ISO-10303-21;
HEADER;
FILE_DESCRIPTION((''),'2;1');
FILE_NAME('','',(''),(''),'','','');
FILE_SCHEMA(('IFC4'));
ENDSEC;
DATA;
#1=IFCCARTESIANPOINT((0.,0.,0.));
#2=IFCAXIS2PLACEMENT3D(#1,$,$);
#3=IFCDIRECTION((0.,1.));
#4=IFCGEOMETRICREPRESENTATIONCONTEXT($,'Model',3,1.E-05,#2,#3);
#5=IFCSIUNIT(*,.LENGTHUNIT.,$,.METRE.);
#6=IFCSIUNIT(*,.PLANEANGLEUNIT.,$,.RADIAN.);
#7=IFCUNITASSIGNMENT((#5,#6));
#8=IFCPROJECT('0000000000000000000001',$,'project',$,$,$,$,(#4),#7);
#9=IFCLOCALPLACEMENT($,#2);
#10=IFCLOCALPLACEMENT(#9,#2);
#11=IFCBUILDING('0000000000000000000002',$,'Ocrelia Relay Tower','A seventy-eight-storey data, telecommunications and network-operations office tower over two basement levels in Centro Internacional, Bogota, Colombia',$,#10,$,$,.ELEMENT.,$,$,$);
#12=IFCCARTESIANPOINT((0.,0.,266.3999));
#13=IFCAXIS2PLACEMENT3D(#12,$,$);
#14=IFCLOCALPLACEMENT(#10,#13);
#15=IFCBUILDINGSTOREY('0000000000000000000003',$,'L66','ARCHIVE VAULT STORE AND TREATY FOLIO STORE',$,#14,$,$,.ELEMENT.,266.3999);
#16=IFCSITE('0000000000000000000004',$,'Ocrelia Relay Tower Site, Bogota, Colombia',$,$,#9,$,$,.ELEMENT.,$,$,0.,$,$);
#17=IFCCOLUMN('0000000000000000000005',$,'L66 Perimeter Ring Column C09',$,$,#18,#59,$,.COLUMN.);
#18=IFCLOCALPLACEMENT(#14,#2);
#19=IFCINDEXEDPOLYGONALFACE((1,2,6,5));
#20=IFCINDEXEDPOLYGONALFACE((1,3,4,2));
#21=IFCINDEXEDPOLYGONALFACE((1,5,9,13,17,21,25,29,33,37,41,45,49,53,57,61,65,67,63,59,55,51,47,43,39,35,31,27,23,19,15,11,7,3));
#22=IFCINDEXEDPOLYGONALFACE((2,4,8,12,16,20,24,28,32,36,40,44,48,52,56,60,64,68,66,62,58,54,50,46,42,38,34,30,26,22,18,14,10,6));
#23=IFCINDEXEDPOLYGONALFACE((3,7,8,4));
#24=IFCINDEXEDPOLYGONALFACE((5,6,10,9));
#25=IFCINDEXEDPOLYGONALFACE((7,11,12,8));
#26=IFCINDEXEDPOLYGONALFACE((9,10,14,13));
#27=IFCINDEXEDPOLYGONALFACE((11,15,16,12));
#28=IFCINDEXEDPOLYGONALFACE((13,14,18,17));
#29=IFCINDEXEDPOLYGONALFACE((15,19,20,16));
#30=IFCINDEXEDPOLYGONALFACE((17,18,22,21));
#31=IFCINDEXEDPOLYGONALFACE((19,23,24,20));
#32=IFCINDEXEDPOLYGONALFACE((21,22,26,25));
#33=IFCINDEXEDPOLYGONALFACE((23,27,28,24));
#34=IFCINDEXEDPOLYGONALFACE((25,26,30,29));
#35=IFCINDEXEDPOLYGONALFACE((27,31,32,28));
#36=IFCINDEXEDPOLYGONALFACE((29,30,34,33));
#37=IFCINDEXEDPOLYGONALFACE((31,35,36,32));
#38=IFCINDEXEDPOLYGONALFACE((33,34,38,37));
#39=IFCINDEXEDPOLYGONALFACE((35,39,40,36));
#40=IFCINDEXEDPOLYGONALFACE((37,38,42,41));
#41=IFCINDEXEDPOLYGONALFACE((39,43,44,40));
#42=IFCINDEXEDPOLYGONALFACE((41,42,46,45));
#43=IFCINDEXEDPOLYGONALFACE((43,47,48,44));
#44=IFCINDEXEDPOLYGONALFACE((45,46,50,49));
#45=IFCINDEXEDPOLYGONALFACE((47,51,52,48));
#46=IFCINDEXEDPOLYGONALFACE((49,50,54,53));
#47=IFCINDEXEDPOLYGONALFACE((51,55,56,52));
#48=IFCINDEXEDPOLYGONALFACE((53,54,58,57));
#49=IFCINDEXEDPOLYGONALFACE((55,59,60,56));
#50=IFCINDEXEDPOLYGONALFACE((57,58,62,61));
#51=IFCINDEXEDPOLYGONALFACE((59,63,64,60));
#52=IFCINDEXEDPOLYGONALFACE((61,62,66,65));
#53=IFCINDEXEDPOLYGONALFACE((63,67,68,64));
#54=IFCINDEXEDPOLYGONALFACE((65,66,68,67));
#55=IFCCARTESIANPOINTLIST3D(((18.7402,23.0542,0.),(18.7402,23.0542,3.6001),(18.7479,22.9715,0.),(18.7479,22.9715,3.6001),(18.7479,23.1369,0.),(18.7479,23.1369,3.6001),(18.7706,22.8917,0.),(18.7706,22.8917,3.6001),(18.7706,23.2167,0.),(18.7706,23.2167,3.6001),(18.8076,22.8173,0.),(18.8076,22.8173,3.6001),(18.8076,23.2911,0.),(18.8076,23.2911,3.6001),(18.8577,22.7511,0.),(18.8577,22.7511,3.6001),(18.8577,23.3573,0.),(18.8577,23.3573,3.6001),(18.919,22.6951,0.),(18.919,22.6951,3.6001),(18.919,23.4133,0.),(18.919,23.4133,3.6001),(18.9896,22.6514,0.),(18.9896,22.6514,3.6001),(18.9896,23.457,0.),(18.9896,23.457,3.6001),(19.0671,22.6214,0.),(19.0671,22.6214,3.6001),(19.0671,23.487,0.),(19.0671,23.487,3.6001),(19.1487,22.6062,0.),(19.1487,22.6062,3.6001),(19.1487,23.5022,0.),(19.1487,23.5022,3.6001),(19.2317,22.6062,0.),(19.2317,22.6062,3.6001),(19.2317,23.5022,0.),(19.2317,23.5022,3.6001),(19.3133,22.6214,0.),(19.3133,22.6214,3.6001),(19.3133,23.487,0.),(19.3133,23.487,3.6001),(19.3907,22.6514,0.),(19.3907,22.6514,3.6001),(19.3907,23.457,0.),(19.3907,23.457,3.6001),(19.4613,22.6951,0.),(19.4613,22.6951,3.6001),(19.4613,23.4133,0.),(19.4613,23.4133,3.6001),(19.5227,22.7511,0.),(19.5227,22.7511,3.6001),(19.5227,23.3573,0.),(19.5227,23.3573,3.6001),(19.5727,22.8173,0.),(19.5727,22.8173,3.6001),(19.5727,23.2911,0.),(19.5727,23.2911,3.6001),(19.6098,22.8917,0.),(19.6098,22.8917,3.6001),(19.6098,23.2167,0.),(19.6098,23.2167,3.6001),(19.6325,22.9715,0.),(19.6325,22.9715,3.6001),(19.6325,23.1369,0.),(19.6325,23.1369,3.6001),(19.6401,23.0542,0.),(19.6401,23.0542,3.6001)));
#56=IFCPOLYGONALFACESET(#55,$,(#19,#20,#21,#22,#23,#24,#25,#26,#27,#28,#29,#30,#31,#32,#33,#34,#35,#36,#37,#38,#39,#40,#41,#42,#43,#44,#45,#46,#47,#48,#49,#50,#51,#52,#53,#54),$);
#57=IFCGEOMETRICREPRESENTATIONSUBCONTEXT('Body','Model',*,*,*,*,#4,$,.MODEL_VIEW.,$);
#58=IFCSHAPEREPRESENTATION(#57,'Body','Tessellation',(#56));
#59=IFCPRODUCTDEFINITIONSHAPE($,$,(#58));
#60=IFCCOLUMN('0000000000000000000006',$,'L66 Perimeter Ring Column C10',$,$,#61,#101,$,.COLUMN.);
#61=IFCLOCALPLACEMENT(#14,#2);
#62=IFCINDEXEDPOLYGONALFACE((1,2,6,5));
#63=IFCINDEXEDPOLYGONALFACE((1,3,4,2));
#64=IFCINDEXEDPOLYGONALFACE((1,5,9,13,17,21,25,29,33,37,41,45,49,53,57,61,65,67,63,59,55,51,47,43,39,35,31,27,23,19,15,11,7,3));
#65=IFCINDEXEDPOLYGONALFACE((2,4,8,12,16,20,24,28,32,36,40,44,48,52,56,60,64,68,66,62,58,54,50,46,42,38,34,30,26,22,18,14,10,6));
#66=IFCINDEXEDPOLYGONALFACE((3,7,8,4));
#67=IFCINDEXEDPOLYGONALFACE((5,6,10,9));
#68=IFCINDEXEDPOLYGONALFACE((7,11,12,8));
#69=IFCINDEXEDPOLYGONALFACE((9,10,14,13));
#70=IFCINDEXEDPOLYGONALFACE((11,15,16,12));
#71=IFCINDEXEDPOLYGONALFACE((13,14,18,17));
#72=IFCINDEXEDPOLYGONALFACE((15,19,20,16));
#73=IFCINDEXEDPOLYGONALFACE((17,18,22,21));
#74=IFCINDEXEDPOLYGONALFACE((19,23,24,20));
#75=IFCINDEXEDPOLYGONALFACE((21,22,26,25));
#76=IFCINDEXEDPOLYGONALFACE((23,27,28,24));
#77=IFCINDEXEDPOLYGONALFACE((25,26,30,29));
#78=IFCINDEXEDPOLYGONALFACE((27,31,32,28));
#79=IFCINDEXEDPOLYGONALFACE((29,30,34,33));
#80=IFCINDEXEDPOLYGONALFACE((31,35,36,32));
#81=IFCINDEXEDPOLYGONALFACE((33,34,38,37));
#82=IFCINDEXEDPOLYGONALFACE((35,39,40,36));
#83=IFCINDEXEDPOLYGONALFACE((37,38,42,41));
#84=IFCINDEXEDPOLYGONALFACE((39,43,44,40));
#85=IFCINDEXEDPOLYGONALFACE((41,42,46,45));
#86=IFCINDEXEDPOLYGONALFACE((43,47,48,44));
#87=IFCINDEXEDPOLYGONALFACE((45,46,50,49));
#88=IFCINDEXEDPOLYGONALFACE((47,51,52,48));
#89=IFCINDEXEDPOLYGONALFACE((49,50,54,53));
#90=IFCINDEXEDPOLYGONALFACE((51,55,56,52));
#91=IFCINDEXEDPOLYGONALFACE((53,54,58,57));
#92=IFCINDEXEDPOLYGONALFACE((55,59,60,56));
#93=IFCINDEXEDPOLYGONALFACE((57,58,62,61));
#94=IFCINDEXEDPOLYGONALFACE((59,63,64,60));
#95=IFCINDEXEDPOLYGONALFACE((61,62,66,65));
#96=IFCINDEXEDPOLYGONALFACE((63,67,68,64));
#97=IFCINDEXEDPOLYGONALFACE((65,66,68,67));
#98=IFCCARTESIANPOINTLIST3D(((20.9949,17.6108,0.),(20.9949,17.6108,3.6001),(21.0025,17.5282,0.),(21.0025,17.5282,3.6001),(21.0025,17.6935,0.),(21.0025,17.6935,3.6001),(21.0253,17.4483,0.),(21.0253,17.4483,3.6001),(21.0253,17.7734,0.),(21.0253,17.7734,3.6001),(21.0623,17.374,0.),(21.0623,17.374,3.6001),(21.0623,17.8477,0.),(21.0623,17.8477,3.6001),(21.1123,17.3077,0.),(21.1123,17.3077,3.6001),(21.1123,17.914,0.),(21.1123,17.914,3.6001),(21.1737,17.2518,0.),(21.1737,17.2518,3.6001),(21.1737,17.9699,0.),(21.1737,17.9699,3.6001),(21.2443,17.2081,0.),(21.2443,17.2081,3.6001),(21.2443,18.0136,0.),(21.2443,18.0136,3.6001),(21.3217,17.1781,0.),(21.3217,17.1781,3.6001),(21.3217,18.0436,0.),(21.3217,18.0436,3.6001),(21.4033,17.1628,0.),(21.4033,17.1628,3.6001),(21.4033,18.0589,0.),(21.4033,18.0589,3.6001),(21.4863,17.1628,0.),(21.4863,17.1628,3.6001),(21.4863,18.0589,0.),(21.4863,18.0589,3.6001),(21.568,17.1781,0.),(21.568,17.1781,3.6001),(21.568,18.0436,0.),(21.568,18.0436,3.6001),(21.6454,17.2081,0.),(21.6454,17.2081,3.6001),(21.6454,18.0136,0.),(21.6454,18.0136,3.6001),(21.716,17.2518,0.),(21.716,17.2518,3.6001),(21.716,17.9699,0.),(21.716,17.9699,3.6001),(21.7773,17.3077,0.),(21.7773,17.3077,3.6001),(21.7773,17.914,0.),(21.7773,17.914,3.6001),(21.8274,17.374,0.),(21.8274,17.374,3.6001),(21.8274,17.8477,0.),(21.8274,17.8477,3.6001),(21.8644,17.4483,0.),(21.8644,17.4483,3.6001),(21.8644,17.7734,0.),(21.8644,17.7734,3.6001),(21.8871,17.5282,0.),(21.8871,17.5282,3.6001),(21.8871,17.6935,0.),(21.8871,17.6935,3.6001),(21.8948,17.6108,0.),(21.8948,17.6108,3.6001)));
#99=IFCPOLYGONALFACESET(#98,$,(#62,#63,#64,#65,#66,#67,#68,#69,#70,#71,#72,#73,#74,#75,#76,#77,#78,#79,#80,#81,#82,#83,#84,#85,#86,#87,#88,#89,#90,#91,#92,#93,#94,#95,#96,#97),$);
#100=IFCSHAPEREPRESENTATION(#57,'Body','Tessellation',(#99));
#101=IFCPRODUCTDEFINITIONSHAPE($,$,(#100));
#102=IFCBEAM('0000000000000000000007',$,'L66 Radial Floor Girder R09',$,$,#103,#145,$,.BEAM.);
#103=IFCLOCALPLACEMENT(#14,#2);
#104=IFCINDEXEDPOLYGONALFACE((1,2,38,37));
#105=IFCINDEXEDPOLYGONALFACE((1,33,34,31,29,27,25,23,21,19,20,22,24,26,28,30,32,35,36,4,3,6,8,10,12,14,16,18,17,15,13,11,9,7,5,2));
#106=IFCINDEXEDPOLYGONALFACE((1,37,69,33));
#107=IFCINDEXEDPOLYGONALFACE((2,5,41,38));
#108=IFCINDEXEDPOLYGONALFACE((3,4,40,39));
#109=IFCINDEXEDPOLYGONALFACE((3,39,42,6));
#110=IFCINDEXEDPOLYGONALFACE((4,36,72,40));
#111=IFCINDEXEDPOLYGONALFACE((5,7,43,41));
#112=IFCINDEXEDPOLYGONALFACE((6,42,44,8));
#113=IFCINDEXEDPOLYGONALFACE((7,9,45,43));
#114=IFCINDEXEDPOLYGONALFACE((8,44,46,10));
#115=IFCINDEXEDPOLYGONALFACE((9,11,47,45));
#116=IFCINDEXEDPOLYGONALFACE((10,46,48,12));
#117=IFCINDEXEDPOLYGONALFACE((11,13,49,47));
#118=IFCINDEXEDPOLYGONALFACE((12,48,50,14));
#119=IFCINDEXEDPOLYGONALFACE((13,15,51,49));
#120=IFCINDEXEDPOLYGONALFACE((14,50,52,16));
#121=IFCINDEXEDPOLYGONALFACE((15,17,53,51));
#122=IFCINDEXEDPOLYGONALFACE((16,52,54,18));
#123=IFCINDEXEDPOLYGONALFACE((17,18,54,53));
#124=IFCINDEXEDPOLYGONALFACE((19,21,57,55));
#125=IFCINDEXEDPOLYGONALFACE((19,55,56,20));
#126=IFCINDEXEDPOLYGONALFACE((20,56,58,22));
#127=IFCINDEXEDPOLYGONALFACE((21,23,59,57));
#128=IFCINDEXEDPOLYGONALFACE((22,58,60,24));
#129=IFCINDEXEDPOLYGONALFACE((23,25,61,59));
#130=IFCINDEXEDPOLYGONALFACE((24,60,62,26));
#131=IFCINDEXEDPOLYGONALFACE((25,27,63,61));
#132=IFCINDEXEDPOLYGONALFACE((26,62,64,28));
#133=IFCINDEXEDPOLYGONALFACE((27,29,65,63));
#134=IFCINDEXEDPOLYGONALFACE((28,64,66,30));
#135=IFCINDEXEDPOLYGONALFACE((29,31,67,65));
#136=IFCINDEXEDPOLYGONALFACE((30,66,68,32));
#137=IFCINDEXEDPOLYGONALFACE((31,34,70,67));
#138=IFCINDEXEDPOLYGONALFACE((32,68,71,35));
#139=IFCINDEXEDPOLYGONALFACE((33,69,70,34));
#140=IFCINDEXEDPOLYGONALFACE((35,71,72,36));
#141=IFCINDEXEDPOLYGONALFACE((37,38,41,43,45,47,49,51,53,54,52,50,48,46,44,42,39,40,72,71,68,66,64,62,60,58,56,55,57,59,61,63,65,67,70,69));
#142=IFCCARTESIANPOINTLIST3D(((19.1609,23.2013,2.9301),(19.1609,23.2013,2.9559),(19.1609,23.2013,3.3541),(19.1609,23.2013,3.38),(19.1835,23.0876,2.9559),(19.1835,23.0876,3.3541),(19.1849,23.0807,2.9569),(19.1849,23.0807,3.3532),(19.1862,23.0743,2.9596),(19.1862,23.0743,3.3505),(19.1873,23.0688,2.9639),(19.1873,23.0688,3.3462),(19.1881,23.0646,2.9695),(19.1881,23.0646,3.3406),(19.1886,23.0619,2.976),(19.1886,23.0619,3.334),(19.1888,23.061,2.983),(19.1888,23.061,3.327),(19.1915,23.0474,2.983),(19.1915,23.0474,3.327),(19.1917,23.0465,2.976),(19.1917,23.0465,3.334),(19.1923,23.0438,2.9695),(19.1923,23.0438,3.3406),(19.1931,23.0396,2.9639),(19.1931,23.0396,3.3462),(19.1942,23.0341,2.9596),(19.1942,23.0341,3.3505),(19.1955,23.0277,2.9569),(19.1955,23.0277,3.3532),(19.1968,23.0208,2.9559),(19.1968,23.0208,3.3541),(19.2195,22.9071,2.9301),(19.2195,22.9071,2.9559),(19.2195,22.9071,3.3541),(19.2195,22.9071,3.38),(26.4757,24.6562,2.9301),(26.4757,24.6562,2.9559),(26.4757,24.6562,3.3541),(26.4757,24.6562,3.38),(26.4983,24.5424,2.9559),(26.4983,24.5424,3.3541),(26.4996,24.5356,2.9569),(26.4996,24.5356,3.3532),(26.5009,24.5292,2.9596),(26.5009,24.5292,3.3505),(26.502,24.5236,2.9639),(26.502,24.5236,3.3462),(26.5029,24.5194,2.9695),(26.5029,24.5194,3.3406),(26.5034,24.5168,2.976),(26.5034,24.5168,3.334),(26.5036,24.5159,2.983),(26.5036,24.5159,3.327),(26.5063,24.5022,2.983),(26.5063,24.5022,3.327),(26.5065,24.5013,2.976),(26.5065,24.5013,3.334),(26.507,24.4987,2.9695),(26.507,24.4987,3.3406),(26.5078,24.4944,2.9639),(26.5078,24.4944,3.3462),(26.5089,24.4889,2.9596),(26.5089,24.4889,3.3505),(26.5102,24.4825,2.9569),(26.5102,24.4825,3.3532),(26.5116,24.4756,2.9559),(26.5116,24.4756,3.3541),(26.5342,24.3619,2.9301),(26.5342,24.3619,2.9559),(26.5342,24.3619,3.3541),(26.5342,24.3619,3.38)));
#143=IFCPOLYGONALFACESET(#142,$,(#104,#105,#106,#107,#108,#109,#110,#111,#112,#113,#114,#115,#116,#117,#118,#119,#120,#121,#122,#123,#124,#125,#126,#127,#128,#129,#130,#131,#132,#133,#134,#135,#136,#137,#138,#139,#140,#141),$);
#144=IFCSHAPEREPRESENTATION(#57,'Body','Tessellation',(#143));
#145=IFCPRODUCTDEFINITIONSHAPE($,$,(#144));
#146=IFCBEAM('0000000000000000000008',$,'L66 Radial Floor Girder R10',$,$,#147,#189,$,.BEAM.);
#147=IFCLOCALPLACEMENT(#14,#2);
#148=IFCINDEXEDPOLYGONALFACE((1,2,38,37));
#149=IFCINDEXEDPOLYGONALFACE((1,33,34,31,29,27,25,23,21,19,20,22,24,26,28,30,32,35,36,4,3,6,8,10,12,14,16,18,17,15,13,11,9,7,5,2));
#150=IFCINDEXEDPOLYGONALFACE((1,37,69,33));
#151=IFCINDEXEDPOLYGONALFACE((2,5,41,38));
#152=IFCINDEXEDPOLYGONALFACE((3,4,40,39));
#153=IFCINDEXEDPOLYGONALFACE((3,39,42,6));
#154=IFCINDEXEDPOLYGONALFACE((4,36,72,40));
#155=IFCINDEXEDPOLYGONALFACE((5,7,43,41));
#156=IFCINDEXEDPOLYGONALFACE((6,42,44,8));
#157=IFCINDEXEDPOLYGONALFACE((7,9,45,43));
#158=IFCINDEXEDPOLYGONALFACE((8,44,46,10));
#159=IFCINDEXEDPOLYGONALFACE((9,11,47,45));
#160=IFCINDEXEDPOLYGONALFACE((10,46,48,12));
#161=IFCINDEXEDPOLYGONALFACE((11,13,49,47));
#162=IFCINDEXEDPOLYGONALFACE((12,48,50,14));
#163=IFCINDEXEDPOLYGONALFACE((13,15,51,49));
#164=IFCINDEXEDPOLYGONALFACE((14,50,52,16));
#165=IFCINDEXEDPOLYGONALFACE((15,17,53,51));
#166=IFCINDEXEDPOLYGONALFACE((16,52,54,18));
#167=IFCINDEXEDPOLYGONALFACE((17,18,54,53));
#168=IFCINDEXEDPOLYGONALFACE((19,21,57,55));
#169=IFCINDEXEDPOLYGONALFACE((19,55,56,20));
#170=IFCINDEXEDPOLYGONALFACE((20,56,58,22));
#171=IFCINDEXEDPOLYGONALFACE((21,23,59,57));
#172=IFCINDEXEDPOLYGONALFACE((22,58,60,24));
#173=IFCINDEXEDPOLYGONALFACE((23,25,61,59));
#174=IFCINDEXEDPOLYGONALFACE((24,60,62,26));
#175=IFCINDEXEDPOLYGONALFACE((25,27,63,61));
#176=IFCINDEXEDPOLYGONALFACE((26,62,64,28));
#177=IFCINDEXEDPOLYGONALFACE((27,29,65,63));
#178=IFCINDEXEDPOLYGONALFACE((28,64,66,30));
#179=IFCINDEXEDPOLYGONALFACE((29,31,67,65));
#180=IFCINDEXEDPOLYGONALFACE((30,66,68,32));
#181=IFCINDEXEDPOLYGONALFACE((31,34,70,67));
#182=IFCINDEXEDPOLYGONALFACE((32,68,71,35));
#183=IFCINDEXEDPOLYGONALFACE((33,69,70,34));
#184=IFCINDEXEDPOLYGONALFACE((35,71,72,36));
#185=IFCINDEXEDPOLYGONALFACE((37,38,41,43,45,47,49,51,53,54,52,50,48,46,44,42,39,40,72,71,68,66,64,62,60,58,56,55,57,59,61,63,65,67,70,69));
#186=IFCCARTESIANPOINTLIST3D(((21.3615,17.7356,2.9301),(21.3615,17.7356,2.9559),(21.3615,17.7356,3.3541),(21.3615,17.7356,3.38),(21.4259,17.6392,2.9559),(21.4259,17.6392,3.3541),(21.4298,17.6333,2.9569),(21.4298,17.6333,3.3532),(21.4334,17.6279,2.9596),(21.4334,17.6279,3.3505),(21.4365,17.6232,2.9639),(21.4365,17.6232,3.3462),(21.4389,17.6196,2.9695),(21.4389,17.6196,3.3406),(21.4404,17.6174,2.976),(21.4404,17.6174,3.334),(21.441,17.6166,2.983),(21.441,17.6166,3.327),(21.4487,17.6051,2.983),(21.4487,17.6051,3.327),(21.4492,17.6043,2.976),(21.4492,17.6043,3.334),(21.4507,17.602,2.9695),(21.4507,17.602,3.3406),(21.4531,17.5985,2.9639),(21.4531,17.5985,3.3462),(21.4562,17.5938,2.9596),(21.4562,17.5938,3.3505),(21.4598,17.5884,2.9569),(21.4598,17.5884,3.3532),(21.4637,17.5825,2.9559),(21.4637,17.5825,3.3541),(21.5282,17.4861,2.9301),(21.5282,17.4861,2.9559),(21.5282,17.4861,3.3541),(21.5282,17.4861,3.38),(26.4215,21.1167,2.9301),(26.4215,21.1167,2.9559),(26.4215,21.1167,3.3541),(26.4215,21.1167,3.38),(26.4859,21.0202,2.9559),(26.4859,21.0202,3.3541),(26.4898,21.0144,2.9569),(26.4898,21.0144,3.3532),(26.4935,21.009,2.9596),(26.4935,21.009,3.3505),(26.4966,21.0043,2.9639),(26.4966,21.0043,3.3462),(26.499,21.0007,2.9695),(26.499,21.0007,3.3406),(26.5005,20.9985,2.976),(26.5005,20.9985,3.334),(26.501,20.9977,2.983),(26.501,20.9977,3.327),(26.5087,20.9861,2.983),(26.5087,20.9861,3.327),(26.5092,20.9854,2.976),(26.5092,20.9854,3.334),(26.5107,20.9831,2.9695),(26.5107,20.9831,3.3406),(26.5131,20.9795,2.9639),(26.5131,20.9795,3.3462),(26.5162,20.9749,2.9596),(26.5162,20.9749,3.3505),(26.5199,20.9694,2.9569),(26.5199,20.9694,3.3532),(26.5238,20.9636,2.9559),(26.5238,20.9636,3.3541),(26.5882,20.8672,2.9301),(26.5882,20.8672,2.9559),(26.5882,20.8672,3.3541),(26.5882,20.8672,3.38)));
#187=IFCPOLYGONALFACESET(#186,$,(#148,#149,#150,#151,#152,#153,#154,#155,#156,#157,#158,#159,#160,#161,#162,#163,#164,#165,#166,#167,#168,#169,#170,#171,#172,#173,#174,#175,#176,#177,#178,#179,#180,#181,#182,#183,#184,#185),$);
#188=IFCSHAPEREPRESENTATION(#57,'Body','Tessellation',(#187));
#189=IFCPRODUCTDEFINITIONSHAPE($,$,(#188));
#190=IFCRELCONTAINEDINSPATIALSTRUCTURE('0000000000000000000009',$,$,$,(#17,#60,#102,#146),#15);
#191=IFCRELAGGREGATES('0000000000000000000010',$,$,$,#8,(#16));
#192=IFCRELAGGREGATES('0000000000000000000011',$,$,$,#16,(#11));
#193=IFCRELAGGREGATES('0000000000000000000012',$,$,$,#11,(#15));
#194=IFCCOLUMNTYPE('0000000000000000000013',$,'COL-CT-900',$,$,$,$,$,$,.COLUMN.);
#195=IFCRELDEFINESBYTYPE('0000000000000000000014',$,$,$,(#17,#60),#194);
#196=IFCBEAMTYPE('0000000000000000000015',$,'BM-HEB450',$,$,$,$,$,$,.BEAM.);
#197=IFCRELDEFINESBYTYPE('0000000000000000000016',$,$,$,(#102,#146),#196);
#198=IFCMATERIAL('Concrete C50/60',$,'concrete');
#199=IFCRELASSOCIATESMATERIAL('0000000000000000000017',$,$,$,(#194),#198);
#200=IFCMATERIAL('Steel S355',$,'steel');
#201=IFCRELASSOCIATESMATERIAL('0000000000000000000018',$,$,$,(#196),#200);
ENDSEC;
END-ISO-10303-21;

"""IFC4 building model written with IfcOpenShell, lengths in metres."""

from ifc_helpers import new_model, si_unit, direction, frame, origin, origin_2d, place, context, subcontext, project, spatial, circle, i_section, extrude, material, material_profile, profile_set, type_object, element, save


model = new_model("IFC4")

# Units and contexts
model_context = context("Model", 3, precision=1e-05, world=origin(), true_north=direction((0.0, 1.0)))
body_context = subcontext(model_context, "Body", "Model", "MODEL_VIEW")
ifc_project = project(units=[si_unit("LENGTHUNIT", "METRE"), si_unit("PLANEANGLEUNIT", "RADIAN")], contexts=[model_context])

# Site, building, storey
site_placement = place(None, origin())
site = spatial("IfcSite", under=ifc_project, at=site_placement, Name="Ocrelia Relay Tower Site, Bogota, Colombia", CompositionType="ELEMENT", RefElevation=0.0)
building_placement = place(site_placement, origin())
building = spatial("IfcBuilding", under=site, at=building_placement, Name="Ocrelia Relay Tower", Description="A seventy-eight-storey data, telecommunications and network-operations office tower over two basement levels in Centro Internacional, Bogota, Colombia", CompositionType="ELEMENT")
storey_placement = place(building_placement, frame((0.0, 0.0, 266.3999)))
storey = spatial("IfcBuildingStorey", under=building, at=storey_placement, Name="L66", Description="ARCHIVE VAULT STORE AND TREATY FOLIO STORE", CompositionType="ELEMENT", Elevation=266.3999)

# Columns
ifc_material_1 = material(Name="Concrete C50/60", Category="concrete")
ifc_material_profile_1 = material_profile(ifc_material_1, circle(Radius=0.45, at=origin_2d()), Name="RC-CIR-900")
ifc_profile_set_1 = profile_set([ifc_material_profile_1], Name="Concrete C50/60")
column_type = type_object("IfcColumnType", Name="COL-CT-900", PredefinedType="COLUMN", material=ifc_profile_set_1)
for number, where, z_axis, x_axis, name in (
    (1, (19.1902, 23.0542, 0.0), (0.0, 0.0, 1.0), (1.0, 0.0, 0.0), "L66 Perimeter Ring Column C09"),
    (2, (21.4448, 17.6108, 0.0), (0.0, 0.0, 1.0), (1.0, 0.0, 0.0), "L66 Perimeter Ring Column C10"),
):
    element("IfcColumn", number, at=place(storey_placement, frame(where, z_axis=z_axis, x_axis=x_axis)), inside=storey, type_object=column_type, Name=name, PredefinedType="COLUMN", context=body_context, shape_type="SweptSolid", body=[
        extrude(circle(Radius=0.45, at=origin_2d()), origin(), (0.0, 0.0, 1.0), 3.6001),
    ])

# Beams
ifc_material_2 = material(Name="Steel S355", Category="steel")
ifc_material_profile_2 = material_profile(ifc_material_2, i_section(OverallWidth=0.3, OverallDepth=0.45, WebThickness=0.0139, FlangeThickness=0.0259, FilletRadius=0.0271, at=origin_2d()), Name="HEB 450")
ifc_profile_set_2 = profile_set([ifc_material_profile_2], Name="Steel S355")
beam_type_1 = type_object("IfcBeamType", Name="BM-HEB450", PredefinedType="BEAM", material=ifc_profile_set_2)
beam_1_placement = place(storey_placement, frame((19.1902, 23.0542, 3.155), z_axis=(0.980789, 0.195071, 0.0), x_axis=(-0.195071, 0.980789, 0.0)))
element("IfcBeam", 3, at=beam_1_placement, inside=storey, type_object=beam_type_1, Name="L66 Radial Floor Girder R09", PredefinedType="BEAM", context=body_context, shape_type="SweptSolid", body=[
    extrude(i_section(OverallWidth=0.3, OverallDepth=0.45, WebThickness=0.0139, FlangeThickness=0.0259, FilletRadius=0.0271, at=origin_2d()), origin(), (0.0, 0.0, 1.0), 7.458),
])
beam_2_placement = place(storey_placement, frame((21.4448, 17.6108, 3.155), z_axis=(0.831464, 0.555579, 0.0), x_axis=(-0.555579, 0.831464, 0.0)))
element("IfcBeam", 4, at=beam_2_placement, inside=storey, type_object=beam_type_1, Name="L66 Radial Floor Girder R10", PredefinedType="BEAM", context=body_context, shape_type="SweptSolid", body=[
    extrude(i_section(OverallWidth=0.3, OverallDepth=0.45, WebThickness=0.0139, FlangeThickness=0.0259, FilletRadius=0.0271, at=origin_2d()), origin(), (0.0, 0.0, 1.0), 6.0857),
])

save(model, "model.ifc")
